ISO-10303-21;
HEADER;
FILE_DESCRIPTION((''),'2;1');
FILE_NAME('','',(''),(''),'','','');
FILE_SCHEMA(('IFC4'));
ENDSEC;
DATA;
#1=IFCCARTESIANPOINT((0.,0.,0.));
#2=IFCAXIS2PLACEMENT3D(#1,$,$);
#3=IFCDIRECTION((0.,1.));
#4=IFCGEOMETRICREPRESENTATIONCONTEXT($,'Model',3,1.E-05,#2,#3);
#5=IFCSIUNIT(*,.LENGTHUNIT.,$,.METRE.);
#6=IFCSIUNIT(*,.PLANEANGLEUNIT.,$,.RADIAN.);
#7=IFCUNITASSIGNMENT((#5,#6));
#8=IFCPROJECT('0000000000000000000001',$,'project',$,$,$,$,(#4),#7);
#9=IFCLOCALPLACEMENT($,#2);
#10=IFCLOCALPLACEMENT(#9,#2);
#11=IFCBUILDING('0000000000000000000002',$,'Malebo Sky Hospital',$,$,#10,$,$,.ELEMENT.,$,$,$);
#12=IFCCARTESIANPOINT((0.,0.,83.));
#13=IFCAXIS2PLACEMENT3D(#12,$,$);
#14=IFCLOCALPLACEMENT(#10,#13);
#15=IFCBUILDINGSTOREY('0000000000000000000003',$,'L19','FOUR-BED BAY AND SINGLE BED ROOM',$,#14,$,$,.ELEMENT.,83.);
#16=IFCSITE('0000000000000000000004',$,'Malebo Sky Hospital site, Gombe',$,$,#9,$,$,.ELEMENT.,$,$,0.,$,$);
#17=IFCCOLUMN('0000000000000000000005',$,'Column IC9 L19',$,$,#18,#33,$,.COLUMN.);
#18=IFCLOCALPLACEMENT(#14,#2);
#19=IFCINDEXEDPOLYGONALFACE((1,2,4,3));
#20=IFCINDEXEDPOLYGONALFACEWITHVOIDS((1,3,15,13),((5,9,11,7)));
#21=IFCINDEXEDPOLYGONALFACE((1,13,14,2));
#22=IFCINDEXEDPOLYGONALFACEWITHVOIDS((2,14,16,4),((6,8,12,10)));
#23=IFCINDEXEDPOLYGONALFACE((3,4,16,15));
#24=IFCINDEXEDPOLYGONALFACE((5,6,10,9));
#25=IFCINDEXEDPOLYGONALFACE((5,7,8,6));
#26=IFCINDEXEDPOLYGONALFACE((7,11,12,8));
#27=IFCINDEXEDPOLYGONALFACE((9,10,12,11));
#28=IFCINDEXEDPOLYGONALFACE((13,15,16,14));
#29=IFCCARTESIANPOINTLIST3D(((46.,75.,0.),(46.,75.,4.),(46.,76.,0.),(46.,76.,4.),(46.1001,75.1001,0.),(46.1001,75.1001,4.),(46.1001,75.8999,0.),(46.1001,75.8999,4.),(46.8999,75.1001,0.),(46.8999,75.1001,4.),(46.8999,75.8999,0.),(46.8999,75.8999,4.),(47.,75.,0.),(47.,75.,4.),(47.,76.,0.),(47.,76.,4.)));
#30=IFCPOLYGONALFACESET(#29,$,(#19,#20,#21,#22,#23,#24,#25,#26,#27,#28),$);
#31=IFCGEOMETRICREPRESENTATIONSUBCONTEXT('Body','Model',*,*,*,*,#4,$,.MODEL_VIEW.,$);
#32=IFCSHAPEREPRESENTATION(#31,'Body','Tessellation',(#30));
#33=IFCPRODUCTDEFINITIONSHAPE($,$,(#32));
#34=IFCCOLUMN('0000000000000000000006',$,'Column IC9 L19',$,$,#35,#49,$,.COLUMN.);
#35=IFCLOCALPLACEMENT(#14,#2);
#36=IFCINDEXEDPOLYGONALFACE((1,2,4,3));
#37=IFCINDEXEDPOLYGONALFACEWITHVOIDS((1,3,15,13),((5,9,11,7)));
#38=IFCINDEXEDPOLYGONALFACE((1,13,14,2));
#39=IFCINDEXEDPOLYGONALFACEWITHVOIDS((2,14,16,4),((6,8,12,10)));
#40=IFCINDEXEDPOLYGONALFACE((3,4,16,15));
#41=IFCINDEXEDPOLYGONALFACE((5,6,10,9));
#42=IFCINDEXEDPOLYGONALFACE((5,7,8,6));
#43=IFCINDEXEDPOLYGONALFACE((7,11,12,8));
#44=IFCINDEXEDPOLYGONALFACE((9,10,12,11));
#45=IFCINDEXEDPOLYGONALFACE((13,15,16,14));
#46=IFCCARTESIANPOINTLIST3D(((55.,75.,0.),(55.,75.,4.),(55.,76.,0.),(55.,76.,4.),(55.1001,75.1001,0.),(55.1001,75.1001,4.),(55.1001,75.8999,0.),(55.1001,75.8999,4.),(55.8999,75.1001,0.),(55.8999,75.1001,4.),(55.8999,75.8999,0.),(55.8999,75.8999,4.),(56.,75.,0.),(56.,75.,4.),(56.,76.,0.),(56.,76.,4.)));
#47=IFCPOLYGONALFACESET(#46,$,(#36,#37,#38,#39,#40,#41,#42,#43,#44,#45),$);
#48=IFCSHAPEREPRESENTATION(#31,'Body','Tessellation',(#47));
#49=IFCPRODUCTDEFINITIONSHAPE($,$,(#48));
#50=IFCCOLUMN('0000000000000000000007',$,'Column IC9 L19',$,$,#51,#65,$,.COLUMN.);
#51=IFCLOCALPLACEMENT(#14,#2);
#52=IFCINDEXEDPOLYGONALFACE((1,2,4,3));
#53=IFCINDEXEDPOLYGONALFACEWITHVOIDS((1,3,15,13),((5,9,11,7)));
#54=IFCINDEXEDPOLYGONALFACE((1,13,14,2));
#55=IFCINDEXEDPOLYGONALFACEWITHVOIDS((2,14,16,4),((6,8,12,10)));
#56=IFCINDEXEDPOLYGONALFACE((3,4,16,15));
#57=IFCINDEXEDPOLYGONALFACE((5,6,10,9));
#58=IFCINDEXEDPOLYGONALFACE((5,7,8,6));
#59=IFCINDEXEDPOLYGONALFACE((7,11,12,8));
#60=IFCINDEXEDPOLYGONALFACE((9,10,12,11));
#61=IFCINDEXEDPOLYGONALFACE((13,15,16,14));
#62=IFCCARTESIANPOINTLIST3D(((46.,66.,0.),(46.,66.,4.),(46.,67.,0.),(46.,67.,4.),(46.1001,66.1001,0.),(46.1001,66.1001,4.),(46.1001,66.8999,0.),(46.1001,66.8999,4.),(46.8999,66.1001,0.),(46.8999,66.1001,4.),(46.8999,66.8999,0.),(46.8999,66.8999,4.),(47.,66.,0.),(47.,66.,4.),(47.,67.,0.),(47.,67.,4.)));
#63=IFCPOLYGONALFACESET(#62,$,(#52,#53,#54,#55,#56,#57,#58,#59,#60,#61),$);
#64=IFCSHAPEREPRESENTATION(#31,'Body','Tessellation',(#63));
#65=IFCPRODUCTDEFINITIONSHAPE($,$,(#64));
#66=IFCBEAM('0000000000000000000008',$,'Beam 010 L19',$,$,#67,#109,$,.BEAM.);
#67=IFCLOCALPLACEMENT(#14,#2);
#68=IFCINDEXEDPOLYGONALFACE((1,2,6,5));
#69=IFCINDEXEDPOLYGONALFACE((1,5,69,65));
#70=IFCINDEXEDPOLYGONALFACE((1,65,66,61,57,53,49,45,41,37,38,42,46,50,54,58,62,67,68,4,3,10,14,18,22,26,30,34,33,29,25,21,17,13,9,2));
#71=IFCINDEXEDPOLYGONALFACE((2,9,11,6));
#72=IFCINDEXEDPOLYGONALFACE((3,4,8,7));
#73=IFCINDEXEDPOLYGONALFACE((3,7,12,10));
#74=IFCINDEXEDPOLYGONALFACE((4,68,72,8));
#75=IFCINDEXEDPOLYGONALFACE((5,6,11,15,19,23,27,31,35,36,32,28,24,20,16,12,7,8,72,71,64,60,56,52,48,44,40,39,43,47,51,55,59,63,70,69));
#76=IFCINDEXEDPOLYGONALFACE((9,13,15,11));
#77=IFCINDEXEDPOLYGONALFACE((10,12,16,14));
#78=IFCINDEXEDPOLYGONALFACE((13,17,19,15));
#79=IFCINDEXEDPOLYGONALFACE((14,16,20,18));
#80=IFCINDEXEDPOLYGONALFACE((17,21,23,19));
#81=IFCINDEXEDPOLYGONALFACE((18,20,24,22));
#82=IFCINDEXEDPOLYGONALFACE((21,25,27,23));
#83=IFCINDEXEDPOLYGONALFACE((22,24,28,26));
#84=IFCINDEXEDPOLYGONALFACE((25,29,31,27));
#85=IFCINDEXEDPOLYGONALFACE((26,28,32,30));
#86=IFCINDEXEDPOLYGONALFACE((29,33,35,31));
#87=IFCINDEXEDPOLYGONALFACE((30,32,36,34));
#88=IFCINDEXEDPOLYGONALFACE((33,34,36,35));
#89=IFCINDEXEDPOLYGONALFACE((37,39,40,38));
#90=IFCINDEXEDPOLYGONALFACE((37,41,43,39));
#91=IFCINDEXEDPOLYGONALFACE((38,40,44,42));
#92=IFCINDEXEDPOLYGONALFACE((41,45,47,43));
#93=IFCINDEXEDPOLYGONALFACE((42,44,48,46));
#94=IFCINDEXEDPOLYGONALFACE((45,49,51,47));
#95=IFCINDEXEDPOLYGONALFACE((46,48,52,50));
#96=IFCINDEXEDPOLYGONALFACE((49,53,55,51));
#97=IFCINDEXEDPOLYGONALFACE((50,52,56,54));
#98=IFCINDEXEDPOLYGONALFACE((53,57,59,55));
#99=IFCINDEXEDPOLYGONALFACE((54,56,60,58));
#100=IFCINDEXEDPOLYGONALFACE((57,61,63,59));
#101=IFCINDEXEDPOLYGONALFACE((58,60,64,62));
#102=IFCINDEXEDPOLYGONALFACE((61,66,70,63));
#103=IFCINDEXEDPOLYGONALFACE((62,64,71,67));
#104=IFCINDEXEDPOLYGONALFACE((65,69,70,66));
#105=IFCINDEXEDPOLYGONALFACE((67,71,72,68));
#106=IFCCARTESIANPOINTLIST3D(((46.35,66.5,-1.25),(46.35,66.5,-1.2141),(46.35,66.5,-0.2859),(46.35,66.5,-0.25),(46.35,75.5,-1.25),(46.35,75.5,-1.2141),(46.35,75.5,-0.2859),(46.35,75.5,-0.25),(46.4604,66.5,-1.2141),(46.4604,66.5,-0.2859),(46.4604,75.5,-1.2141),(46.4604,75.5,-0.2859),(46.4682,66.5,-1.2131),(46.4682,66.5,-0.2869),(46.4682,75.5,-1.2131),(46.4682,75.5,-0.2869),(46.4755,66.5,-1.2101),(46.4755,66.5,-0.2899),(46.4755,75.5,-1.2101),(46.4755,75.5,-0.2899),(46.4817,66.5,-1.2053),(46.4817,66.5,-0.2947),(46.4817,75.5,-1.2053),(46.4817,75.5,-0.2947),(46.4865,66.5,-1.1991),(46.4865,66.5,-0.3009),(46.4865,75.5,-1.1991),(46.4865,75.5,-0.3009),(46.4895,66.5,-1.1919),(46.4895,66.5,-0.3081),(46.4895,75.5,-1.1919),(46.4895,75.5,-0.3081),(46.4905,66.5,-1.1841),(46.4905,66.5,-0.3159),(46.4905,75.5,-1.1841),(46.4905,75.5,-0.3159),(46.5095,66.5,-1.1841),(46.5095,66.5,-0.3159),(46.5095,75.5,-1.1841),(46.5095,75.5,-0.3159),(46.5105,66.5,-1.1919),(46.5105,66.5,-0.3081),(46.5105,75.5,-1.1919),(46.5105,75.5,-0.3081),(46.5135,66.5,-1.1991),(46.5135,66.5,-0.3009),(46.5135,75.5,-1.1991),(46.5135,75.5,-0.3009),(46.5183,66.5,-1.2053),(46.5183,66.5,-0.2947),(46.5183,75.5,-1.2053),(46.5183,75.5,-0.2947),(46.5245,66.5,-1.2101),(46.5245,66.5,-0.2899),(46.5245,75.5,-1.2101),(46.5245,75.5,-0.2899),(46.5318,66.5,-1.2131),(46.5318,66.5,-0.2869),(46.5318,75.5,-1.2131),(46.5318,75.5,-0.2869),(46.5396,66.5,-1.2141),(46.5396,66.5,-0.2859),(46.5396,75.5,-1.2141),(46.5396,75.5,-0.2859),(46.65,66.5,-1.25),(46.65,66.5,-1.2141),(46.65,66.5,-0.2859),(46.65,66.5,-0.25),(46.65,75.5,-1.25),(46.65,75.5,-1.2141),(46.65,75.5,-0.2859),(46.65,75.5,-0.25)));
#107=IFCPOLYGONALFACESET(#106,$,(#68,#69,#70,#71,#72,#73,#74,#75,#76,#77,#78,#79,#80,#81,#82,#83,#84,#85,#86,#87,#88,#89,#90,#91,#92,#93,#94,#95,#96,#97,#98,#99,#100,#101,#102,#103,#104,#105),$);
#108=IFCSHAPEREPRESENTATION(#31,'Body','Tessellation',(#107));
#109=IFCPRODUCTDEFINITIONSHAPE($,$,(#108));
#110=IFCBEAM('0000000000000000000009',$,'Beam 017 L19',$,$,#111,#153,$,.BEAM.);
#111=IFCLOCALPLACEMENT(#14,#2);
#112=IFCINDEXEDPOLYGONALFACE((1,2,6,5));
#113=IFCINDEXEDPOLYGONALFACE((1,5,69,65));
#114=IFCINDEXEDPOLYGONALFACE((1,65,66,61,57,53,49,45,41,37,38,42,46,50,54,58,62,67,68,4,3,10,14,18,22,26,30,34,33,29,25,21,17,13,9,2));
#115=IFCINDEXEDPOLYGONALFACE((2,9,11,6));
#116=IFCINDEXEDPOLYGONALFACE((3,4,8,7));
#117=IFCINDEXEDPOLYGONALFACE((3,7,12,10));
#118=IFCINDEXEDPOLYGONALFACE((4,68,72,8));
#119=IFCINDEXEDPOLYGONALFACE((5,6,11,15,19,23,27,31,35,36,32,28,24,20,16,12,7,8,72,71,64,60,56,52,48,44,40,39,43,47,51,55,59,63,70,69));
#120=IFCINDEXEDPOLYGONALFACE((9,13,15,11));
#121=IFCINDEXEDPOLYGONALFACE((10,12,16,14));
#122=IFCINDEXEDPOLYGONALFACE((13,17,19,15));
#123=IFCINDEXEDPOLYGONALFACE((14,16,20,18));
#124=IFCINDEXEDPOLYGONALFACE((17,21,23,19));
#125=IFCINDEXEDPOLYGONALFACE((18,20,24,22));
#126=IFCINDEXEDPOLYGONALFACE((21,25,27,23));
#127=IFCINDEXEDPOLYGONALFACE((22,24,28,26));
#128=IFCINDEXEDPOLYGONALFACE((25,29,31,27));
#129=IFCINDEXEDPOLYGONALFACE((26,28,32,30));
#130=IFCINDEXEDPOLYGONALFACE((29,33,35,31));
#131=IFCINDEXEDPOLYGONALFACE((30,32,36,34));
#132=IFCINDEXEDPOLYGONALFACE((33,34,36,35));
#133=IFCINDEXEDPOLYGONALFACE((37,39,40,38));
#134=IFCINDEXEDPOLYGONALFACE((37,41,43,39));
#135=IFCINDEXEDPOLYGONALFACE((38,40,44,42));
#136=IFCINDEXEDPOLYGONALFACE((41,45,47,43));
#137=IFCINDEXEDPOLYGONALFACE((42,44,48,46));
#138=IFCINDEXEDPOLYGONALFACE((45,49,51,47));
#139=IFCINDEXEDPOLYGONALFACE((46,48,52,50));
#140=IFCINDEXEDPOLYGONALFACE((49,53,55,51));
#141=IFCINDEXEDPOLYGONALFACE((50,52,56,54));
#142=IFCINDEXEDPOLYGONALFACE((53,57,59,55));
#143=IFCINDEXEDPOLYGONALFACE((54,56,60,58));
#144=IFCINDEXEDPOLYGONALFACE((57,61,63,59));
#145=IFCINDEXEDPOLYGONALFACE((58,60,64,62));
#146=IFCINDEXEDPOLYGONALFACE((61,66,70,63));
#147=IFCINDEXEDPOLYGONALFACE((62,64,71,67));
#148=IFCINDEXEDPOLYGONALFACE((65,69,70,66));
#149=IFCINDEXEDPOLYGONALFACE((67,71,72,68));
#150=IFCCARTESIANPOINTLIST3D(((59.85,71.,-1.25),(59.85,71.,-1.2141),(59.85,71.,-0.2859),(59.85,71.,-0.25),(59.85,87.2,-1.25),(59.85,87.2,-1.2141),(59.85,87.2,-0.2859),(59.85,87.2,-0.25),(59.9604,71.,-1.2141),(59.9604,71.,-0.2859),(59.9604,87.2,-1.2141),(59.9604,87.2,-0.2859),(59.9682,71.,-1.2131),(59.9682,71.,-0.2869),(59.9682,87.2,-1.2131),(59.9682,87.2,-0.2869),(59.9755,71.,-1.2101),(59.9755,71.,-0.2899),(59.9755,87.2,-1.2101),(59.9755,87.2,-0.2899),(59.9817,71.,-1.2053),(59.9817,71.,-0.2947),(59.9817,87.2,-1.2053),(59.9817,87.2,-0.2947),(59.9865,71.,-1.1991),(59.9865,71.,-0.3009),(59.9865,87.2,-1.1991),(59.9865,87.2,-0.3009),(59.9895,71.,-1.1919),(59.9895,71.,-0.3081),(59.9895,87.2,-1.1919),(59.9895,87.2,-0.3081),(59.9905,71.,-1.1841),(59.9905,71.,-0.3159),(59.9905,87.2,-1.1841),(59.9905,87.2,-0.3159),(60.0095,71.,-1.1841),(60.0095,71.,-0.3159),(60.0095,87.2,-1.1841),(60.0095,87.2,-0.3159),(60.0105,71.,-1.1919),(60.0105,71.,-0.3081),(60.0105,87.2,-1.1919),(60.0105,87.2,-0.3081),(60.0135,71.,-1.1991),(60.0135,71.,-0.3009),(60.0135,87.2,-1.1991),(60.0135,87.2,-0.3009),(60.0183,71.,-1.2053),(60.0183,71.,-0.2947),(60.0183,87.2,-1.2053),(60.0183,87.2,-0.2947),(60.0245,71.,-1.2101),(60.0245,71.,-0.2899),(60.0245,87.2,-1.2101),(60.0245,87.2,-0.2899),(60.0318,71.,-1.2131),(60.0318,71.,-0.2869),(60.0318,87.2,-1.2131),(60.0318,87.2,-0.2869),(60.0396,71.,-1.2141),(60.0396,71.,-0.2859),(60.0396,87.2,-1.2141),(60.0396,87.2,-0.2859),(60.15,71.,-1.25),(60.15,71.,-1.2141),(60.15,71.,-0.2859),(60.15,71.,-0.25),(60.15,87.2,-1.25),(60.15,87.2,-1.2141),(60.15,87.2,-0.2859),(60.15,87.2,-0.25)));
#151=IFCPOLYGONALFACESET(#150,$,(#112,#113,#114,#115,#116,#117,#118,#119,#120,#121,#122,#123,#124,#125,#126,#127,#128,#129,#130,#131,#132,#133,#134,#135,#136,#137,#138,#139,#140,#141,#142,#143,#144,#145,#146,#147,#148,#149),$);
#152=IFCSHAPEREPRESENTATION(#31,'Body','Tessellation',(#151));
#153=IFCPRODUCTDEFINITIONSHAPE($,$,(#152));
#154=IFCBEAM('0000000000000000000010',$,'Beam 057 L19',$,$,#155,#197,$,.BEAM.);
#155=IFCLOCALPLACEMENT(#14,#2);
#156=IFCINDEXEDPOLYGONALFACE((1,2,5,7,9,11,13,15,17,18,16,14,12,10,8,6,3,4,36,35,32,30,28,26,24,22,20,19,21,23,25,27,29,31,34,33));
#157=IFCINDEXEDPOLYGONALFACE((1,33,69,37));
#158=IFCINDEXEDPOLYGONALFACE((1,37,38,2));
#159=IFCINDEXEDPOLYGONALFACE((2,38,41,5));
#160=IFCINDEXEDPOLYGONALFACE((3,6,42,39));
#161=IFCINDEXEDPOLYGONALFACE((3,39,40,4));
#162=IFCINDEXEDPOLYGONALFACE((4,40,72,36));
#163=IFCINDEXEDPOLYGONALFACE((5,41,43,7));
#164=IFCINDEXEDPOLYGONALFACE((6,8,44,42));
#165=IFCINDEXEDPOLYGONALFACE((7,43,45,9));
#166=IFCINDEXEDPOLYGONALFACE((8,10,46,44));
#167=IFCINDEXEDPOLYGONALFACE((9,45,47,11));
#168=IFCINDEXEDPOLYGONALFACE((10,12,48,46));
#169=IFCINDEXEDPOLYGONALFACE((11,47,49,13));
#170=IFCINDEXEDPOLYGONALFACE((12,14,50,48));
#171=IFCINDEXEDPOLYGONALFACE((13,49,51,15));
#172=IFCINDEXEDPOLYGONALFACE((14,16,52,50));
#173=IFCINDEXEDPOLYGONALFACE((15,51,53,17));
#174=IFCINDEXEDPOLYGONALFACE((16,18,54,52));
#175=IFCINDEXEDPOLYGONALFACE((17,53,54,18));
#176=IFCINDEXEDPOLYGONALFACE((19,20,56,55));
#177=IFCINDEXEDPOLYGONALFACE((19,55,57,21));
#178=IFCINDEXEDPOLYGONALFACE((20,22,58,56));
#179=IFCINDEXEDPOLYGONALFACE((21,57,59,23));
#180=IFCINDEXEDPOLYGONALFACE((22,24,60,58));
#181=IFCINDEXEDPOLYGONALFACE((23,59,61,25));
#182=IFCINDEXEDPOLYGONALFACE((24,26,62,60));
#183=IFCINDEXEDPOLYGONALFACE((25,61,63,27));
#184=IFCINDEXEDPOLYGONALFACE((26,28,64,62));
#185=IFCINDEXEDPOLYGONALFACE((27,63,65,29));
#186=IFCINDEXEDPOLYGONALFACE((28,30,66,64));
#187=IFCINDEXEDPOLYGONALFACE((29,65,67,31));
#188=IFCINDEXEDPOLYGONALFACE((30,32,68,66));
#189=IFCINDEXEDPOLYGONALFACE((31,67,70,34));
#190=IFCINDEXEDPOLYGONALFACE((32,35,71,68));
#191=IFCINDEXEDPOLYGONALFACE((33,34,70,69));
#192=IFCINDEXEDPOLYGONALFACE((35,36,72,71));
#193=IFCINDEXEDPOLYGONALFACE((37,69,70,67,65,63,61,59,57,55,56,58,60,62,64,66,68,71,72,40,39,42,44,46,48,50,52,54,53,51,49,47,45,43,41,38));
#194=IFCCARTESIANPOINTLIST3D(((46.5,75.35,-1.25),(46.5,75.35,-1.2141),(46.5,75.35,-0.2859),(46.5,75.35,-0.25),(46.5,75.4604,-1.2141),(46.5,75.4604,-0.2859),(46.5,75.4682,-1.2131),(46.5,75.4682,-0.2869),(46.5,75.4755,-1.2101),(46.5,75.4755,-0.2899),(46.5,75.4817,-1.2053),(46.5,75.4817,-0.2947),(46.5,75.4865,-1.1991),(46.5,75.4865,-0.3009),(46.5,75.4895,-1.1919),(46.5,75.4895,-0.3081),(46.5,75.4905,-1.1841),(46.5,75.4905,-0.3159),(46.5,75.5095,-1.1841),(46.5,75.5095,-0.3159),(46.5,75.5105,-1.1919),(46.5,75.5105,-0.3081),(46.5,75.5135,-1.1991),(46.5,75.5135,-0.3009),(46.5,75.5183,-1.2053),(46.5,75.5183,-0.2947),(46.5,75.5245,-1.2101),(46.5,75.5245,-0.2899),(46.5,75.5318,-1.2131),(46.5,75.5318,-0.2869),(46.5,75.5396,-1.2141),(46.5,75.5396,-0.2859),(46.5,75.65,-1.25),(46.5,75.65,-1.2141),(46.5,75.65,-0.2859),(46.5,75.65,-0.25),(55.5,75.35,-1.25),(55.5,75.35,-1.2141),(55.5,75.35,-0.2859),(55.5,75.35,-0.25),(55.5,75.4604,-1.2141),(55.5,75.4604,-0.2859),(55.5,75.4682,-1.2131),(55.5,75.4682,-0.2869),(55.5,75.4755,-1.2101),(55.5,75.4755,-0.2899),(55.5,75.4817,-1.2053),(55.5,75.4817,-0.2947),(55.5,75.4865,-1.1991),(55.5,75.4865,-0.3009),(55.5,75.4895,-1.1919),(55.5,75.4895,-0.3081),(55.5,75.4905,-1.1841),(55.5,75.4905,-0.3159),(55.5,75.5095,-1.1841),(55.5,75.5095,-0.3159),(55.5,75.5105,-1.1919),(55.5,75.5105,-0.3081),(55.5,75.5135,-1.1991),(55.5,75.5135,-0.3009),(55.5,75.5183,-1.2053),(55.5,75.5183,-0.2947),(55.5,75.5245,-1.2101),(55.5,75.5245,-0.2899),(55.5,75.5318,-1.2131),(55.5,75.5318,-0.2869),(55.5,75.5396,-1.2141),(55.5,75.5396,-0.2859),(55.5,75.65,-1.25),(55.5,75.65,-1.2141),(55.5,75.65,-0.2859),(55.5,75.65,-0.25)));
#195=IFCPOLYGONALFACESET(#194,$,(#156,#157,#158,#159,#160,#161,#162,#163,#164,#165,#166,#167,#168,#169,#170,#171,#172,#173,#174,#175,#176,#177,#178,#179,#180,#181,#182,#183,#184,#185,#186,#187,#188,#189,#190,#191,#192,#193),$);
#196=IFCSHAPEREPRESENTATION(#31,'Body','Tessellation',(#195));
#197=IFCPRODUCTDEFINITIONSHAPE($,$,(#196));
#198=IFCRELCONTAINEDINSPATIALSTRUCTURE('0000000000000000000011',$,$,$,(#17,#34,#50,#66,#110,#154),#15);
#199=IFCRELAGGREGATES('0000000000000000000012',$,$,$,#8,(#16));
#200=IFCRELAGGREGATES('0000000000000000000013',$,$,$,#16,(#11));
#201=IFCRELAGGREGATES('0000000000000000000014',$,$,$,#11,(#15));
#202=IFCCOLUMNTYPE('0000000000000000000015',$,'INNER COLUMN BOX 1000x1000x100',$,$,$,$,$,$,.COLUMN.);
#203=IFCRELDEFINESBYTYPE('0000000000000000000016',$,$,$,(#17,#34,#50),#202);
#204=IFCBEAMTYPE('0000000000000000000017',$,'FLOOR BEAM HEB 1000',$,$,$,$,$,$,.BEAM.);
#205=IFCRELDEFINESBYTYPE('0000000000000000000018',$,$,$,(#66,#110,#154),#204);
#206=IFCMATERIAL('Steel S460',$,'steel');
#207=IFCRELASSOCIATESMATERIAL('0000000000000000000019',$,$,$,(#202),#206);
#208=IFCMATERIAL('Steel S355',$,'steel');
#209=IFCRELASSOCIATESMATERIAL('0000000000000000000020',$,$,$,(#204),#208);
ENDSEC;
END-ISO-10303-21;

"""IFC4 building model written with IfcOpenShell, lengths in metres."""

from ifc_helpers import new_model, si_unit, direction, frame, origin, origin_2d, place, context, subcontext, project, spatial, hollow_rectangle, i_section, extrude, material, material_profile, profile_set, type_object, element, save


model = new_model("IFC4")

# Units and contexts
model_context = context("Model", 3, precision=1e-05, world=origin(), true_north=direction((0.0, 1.0)))
body_context = subcontext(model_context, "Body", "Model", "MODEL_VIEW")
ifc_project = project(units=[si_unit("LENGTHUNIT", "METRE"), si_unit("PLANEANGLEUNIT", "RADIAN")], contexts=[model_context])

# Site, building, storey
site_placement = place(None, origin())
site = spatial("IfcSite", under=ifc_project, at=site_placement, Name="Malebo Sky Hospital site, Gombe", CompositionType="ELEMENT", RefElevation=0.0)
building_placement = place(site_placement, origin())
building = spatial("IfcBuilding", under=site, at=building_placement, Name="Malebo Sky Hospital", CompositionType="ELEMENT")
storey_placement = place(building_placement, frame((0.0, 0.0, 83.0)))
storey = spatial("IfcBuildingStorey", under=building, at=storey_placement, Name="L19", Description="FOUR-BED BAY AND SINGLE BED ROOM", CompositionType="ELEMENT", Elevation=83.0)

# Columns
ifc_material_1 = material(Name="Steel S460", Category="steel")
ifc_material_profile_1 = material_profile(ifc_material_1, hollow_rectangle(XDim=1.0, YDim=1.0, WallThickness=0.1001, at=origin_2d()), Name="BOX 1000x1000x100")
ifc_profile_set_1 = profile_set([ifc_material_profile_1], Name="Steel S460")
column_type = type_object("IfcColumnType", Name="INNER COLUMN BOX 1000x1000x100", PredefinedType="COLUMN", material=ifc_profile_set_1)
for number, where, z_axis, x_axis, name in (
    (1, (46.5, 75.5, 0.0), (0.0, 0.0, 1.0), (1.0, 0.0, 0.0), "Column IC9 L19"),
    (2, (55.5, 75.5, 0.0), (0.0, 0.0, 1.0), (1.0, 0.0, 0.0), "Column IC9 L19"),
    (3, (46.5, 66.5, 0.0), (0.0, 0.0, 1.0), (1.0, 0.0, 0.0), "Column IC9 L19"),
):
    element("IfcColumn", number, at=place(storey_placement, frame(where, z_axis=z_axis, x_axis=x_axis)), inside=storey, type_object=column_type, Name=name, PredefinedType="COLUMN", context=body_context, shape_type="SweptSolid", body=[
        extrude(hollow_rectangle(XDim=1.0, YDim=1.0, WallThickness=0.1001, at=origin_2d()), origin(), (0.0, 0.0, 1.0), 4.0),
    ])

# Beams
ifc_material_2 = material(Name="Steel S355", Category="steel")
ifc_material_profile_2 = material_profile(ifc_material_2, i_section(OverallWidth=0.3, OverallDepth=1.0, WebThickness=0.019, FlangeThickness=0.0359, FilletRadius=0.03, at=origin_2d()), Name="HEB 1000")
ifc_profile_set_2 = profile_set([ifc_material_profile_2], Name="Steel S355")
beam_type_1 = type_object("IfcBeamType", Name="FLOOR BEAM HEB 1000", PredefinedType="BEAM", material=ifc_profile_set_2)
beam_1_placement = place(storey_placement, frame((46.5, 66.5, -0.75), z_axis=(0.0, 1.0, 0.0), x_axis=(-1.0, 0.0, 0.0)))
element("IfcBeam", 4, at=beam_1_placement, inside=storey, type_object=beam_type_1, Name="Beam 010 L19", PredefinedType="BEAM", context=body_context, shape_type="SweptSolid", body=[
    extrude(i_section(OverallWidth=0.3, OverallDepth=1.0, WebThickness=0.019, FlangeThickness=0.0359, FilletRadius=0.03, at=origin_2d()), origin(), (0.0, 0.0, 1.0), 9.0),
])
beam_2_placement = place(storey_placement, frame((60.0, 71.0, -0.75), z_axis=(0.0, 1.0, 0.0), x_axis=(-1.0, 0.0, 0.0)))
element("IfcBeam", 5, at=beam_2_placement, inside=storey, type_object=beam_type_1, Name="Beam 017 L19", PredefinedType="BEAM", context=body_context, shape_type="SweptSolid", body=[
    extrude(i_section(OverallWidth=0.3, OverallDepth=1.0, WebThickness=0.019, FlangeThickness=0.0359, FilletRadius=0.03, at=origin_2d()), origin(), (0.0, 0.0, 1.0), 16.2),
])
beam_3_placement = place(storey_placement, frame((46.5, 75.5, -0.75), z_axis=(1.0, 0.0, 0.0), x_axis=(0.0, 1.0, 0.0)))
element("IfcBeam", 6, at=beam_3_placement, inside=storey, type_object=beam_type_1, Name="Beam 057 L19", PredefinedType="BEAM", context=body_context, shape_type="SweptSolid", body=[
    extrude(i_section(OverallWidth=0.3, OverallDepth=1.0, WebThickness=0.019, FlangeThickness=0.0359, FilletRadius=0.03, at=origin_2d()), origin(), (0.0, 0.0, 1.0), 9.0),
])

save(model, "model.ifc")
